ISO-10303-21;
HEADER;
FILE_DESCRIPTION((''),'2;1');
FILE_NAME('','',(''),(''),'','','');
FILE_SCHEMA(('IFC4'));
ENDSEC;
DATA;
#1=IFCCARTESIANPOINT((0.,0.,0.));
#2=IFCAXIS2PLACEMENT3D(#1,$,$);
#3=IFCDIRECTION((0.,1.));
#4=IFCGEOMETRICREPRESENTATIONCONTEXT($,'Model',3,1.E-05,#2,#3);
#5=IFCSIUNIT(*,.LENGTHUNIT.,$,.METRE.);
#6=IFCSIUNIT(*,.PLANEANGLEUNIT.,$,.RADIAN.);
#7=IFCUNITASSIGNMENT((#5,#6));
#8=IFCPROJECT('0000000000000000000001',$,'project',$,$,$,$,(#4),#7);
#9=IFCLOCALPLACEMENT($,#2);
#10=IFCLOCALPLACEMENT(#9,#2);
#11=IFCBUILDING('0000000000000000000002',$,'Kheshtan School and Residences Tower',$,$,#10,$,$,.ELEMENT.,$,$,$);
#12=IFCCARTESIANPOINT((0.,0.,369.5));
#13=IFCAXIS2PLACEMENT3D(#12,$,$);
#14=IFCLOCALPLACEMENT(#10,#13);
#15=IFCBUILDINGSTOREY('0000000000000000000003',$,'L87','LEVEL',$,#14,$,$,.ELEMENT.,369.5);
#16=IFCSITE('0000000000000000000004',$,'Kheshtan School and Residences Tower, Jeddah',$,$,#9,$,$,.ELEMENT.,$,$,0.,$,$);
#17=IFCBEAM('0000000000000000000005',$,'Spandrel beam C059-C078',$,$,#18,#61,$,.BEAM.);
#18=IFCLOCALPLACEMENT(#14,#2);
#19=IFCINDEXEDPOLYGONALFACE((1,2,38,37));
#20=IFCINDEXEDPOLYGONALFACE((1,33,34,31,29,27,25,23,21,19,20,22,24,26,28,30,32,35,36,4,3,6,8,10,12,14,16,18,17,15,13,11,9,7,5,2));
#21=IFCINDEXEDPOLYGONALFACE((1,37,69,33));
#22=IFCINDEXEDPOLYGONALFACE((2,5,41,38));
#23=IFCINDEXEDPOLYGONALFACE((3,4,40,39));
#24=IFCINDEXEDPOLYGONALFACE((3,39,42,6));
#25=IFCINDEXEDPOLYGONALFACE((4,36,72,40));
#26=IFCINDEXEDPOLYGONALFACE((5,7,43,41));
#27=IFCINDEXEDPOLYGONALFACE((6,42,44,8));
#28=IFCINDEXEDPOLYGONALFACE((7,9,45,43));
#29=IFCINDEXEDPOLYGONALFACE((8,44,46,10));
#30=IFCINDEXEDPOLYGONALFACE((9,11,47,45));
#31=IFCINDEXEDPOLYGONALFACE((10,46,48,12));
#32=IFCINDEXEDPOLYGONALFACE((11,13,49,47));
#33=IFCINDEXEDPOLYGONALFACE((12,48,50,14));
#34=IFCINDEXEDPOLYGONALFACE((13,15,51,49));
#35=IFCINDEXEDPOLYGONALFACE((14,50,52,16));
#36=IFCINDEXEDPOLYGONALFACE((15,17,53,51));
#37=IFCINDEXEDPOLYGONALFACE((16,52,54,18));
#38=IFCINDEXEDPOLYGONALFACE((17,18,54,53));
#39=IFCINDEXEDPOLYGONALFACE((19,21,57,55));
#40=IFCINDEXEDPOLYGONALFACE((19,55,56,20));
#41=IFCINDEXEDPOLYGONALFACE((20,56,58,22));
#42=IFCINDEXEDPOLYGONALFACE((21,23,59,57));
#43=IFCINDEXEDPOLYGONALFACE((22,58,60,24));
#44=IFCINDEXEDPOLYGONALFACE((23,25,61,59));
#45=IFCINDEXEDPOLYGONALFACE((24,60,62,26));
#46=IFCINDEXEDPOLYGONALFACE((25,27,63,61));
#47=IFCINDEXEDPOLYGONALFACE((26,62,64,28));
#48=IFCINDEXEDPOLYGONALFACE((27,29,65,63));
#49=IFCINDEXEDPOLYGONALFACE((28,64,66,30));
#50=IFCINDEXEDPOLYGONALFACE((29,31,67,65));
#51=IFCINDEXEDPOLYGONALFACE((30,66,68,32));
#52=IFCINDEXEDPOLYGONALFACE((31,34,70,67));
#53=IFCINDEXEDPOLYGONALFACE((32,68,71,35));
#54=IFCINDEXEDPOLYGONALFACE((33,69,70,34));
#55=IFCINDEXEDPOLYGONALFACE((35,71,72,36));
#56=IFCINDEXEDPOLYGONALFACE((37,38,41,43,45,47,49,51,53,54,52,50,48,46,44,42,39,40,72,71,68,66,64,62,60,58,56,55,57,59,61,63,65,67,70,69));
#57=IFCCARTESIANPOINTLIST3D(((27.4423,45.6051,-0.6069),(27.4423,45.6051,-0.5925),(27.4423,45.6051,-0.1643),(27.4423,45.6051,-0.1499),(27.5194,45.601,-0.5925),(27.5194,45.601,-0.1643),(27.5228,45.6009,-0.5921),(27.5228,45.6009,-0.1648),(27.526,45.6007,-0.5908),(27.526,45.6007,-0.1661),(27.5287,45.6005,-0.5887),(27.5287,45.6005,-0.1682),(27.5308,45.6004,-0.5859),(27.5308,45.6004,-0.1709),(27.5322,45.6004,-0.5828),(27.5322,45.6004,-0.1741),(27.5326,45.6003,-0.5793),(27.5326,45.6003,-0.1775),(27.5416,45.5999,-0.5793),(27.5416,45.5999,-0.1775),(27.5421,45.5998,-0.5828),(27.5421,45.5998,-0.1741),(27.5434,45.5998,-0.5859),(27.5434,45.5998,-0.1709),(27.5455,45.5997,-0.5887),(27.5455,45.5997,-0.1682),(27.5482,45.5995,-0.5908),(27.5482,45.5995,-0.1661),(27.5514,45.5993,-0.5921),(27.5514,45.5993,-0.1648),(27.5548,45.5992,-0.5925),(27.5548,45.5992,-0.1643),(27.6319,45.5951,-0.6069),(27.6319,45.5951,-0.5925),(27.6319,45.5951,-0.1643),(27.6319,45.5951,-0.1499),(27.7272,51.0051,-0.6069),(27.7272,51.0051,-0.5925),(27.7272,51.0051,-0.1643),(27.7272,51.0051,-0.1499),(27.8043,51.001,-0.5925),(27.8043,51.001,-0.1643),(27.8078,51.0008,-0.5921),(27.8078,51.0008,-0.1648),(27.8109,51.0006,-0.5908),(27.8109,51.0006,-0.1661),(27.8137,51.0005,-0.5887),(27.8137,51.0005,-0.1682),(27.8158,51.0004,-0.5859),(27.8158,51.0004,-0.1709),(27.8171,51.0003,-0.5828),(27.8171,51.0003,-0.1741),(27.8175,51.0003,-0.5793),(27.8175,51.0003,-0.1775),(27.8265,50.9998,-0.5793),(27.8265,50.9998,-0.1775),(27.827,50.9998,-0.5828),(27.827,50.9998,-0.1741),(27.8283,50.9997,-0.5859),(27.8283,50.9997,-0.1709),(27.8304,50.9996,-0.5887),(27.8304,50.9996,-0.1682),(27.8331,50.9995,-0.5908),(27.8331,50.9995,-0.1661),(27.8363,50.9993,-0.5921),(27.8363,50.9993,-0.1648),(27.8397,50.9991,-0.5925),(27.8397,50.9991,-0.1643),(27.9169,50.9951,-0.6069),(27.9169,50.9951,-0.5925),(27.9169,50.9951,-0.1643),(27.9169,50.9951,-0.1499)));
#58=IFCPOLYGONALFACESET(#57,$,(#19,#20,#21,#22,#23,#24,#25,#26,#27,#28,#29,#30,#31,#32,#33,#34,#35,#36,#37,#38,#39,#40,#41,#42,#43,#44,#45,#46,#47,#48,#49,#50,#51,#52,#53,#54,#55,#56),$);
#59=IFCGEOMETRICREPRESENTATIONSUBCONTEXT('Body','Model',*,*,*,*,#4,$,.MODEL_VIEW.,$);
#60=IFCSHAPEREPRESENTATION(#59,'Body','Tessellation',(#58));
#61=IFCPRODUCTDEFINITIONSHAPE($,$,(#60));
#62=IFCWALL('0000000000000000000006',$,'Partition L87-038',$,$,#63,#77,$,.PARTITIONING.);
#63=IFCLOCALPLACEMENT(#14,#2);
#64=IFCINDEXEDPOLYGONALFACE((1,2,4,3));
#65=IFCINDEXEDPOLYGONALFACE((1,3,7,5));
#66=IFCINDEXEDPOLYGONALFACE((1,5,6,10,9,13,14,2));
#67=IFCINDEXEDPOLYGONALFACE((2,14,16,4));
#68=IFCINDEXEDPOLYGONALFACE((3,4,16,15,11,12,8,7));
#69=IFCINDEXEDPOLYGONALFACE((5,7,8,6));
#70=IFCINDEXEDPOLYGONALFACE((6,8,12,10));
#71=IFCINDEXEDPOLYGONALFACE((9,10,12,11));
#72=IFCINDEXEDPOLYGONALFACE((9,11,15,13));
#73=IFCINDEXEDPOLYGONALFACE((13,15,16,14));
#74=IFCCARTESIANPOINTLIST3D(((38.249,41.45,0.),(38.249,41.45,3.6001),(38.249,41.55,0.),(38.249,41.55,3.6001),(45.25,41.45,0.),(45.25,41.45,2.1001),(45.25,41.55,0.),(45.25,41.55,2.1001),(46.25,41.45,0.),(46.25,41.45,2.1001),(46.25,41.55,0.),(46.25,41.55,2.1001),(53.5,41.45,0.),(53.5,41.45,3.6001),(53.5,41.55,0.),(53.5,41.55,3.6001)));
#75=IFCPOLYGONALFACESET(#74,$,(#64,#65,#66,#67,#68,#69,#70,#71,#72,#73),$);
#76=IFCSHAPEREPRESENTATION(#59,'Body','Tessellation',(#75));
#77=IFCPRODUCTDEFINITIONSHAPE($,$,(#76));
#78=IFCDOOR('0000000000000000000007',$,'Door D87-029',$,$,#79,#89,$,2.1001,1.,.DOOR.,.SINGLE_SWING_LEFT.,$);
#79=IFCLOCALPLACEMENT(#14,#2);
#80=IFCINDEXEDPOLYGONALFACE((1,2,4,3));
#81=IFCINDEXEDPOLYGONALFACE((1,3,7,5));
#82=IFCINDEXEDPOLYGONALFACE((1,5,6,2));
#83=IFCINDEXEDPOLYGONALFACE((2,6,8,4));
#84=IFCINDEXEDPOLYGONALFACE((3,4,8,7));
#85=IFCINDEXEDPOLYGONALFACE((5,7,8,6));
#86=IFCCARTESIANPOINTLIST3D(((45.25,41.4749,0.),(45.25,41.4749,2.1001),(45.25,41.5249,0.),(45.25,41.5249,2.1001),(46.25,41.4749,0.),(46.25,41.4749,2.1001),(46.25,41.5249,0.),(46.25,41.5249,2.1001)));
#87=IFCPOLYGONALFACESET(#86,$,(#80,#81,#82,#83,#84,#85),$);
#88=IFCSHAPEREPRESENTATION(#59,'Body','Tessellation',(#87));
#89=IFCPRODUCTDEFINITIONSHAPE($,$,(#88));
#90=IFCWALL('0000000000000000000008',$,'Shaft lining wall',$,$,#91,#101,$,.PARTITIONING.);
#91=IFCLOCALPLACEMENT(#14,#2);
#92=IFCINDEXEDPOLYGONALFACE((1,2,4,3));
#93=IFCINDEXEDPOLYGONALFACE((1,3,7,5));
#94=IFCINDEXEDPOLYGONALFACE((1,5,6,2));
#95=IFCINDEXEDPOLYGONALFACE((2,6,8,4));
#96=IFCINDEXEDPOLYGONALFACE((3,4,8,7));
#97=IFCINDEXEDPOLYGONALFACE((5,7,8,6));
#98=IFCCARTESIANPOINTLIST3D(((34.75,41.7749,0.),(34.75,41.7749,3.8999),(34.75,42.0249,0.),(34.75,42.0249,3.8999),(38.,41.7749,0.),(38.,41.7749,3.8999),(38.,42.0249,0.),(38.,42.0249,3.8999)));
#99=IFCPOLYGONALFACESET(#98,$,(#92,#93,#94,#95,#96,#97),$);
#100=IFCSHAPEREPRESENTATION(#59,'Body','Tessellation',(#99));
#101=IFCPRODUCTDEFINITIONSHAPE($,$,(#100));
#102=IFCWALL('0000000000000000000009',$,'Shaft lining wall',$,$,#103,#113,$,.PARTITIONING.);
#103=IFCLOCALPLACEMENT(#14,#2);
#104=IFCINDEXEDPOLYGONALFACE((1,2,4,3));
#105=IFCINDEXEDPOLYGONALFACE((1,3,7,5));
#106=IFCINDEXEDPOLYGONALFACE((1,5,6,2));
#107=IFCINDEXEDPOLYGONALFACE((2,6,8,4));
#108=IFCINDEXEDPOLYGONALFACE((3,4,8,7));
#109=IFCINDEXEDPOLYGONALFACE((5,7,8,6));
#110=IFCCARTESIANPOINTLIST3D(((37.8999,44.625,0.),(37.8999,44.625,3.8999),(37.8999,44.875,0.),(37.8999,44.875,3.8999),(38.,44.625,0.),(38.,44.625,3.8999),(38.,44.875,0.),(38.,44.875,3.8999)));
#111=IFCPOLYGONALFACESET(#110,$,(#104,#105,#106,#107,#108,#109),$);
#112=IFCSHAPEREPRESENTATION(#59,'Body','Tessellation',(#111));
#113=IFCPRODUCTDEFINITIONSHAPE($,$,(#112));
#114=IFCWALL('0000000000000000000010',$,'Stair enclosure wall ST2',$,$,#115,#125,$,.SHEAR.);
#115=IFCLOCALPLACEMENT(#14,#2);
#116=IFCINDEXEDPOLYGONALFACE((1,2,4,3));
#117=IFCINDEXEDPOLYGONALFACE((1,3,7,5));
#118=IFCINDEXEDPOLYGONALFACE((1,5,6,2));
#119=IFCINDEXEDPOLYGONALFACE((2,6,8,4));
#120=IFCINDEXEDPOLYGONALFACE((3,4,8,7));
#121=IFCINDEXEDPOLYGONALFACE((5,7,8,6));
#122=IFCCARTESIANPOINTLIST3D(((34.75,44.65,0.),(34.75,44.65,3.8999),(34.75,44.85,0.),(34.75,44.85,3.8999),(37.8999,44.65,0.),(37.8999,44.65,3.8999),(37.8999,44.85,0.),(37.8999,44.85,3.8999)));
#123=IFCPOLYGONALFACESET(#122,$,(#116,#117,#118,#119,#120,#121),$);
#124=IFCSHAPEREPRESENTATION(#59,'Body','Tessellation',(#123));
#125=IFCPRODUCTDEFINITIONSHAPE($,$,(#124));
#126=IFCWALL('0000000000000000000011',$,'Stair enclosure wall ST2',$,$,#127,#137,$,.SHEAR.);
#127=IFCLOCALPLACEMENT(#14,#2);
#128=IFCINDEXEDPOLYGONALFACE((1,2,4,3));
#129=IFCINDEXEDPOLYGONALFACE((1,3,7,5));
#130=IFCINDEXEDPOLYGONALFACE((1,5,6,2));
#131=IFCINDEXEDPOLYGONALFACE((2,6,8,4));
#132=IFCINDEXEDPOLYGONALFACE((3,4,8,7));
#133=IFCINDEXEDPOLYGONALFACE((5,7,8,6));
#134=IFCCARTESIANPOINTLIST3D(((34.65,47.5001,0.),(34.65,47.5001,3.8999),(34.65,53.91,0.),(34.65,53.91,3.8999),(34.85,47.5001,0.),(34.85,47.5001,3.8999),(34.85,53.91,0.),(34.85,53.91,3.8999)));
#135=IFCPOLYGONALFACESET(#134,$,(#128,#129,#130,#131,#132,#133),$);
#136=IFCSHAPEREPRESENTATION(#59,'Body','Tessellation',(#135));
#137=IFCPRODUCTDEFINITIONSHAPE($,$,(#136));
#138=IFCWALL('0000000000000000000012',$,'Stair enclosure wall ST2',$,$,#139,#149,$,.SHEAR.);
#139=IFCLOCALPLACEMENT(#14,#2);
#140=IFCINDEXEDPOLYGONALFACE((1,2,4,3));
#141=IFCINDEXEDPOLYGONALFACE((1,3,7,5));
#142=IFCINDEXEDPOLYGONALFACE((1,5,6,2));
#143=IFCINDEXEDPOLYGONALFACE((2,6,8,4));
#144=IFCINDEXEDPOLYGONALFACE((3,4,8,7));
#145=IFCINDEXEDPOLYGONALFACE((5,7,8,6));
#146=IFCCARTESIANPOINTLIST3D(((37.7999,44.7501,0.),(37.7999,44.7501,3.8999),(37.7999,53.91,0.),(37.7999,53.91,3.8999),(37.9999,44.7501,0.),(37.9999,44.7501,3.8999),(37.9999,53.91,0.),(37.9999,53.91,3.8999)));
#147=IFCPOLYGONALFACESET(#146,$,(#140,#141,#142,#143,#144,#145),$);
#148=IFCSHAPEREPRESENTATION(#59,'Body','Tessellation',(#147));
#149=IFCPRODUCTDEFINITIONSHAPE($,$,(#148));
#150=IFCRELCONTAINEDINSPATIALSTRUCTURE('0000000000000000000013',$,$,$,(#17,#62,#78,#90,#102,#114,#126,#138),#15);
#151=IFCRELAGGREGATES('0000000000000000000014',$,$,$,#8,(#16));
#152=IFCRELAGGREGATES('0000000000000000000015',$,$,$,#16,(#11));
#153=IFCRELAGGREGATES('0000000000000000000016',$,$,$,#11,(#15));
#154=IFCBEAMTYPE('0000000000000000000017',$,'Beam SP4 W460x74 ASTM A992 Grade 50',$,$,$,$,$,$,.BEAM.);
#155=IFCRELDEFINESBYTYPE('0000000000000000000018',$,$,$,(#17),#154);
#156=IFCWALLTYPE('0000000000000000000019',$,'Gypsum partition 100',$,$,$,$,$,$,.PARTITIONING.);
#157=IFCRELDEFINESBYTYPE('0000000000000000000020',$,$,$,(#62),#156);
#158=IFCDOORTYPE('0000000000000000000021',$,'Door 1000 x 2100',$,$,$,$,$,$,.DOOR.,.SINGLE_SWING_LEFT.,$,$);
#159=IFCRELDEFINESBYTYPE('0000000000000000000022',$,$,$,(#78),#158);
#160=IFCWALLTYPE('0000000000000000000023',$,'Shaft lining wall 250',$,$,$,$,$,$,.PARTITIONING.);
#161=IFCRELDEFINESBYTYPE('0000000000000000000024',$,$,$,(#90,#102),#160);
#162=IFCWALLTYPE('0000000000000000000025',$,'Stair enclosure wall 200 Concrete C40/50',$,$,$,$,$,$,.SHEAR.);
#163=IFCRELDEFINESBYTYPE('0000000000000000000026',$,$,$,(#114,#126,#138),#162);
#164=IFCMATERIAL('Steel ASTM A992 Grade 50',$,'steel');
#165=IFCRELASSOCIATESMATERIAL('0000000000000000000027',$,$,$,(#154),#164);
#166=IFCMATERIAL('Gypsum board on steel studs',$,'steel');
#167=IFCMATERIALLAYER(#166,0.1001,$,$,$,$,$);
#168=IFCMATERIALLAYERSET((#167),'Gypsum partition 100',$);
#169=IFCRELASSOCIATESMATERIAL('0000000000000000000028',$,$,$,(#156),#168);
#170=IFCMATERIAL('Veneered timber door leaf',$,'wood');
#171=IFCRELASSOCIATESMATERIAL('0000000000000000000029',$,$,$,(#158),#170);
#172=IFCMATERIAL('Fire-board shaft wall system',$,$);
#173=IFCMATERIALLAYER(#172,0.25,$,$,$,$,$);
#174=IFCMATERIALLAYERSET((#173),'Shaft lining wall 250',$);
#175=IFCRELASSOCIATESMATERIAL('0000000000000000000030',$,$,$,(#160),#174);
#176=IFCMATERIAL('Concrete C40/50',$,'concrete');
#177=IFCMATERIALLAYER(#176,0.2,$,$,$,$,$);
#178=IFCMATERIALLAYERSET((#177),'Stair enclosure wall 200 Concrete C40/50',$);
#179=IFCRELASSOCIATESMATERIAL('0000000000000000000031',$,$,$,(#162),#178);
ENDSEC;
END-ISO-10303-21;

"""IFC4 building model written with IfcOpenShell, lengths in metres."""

from ifc_helpers import new_model, si_unit, direction, frame, frame_2d, origin, origin_2d, place, context, subcontext, project, spatial, rectangle, i_section, extrude, source, transform, mapped, material, layer, layer_set, material_profile, profile_set, type_object, element, fill, save


model = new_model("IFC4")

# Units and contexts
model_context = context("Model", 3, precision=1e-05, world=origin(), true_north=direction((0.0, 1.0)))
body_context = subcontext(model_context, "Body", "Model", "MODEL_VIEW")
ifc_project = project(units=[si_unit("LENGTHUNIT", "METRE"), si_unit("PLANEANGLEUNIT", "RADIAN")], contexts=[model_context])

# Site, building, storey
site_placement = place(None, origin())
site = spatial("IfcSite", under=ifc_project, at=site_placement, Name="Kheshtan School and Residences Tower, Jeddah", CompositionType="ELEMENT", RefElevation=0.0)
building_placement = place(site_placement, origin())
building = spatial("IfcBuilding", under=site, at=building_placement, Name="Kheshtan School and Residences Tower", CompositionType="ELEMENT")
storey_placement = place(building_placement, frame((0.0, 0.0, 369.5)))
storey = spatial("IfcBuildingStorey", under=building, at=storey_placement, Name="L87", Description="LEVEL", CompositionType="ELEMENT", Elevation=369.5)

# Shared definitions
ifc_material_1 = material(Name="Steel ASTM A992 Grade 50", Category="steel")

# Beam
ifc_material_profile_1 = material_profile(ifc_material_1, i_section(OverallWidth=0.1899, OverallDepth=0.457, WebThickness=0.009, FlangeThickness=0.0144, FilletRadius=0.0132, at=origin_2d()), Name="W460x74")
ifc_profile_set_1 = profile_set([ifc_material_profile_1], Name="Steel ASTM A992 Grade 50")
beam_type_1 = type_object("IfcBeamType", Name="Beam SP4 W460x74 ASTM A992 Grade 50", PredefinedType="BEAM", material=ifc_profile_set_1)
beam_1_placement = place(storey_placement, frame((27.5371, 45.6001, -0.3784), z_axis=(0.052689, 0.998611, 0.0), x_axis=(-0.998611, 0.052689, 0.0)))
element("IfcBeam", 1, at=beam_1_placement, inside=storey, type_object=beam_type_1, Name="Spandrel beam C059-C078", PredefinedType="BEAM", context=body_context, shape_type="SweptSolid", body=[
    extrude(i_section(OverallWidth=0.1899, OverallDepth=0.457, WebThickness=0.009, FlangeThickness=0.0144, FilletRadius=0.0132, at=origin_2d()), origin(), (0.0, 0.0, 1.0), 5.4075),
])

# Wall, opening, door
ifc_material_2 = material(Name="Gypsum board on steel studs", Category="steel")
ifc_layer_1 = layer(ifc_material_2, 0.1001)
ifc_layer_set_1 = layer_set([ifc_layer_1], Name="Gypsum partition 100")
wall_type_1 = type_object("IfcWallType", Name="Gypsum partition 100", PredefinedType="PARTITIONING", material=ifc_layer_set_1)
wall_1_placement = place(storey_placement, frame((38.249, 41.5, 0.0), z_axis=(0.0, 0.0, 1.0), x_axis=(1.0, 0.0, 0.0)))
wall_1 = element("IfcWall", 2, at=wall_1_placement, inside=storey, type_object=wall_type_1, Name="Partition L87-038", PredefinedType="PARTITIONING", context=body_context, shape_type="SweptSolid", body=[
    extrude(rectangle(XDim=15.251, YDim=0.1001, at=frame_2d((7.6255, 0.0))), origin(), (0.0, 0.0, 1.0), 3.6001),
])
opening_placement = place(wall_1_placement, frame((7.001, 0.0, 0.0)))
opening = element("IfcOpeningElement", 3, at=opening_placement, cuts=wall_1, PredefinedType="OPENING", context=body_context, shape_type="SweptSolid", body=[
    extrude(rectangle(XDim=1.0, YDim=2.1001, at=frame_2d((0.5, 1.05))), frame((0.0, 0.0601, 0.0), z_axis=(0.0, -1.0, 0.0), x_axis=(1.0, 0.0, 0.0)), (0.0, 0.0, 1.0), 0.1201),
])
ifc_material_3 = material(Name="Veneered timber door leaf", Category="wood")
door_type = type_object("IfcDoorType", Name="Door 1000 x 2100", OperationType="SINGLE_SWING_LEFT", PredefinedType="DOOR", material=ifc_material_3)
shared_shape = source(origin(), body_context, "Body", "SweptSolid", [
    extrude(rectangle(XDim=1.0, YDim=2.1001, at=frame_2d((0.5, 1.05))), frame((0.0, 0.0249, 0.0), z_axis=(0.0, -1.0, 0.0), x_axis=(1.0, 0.0, 0.0)), (0.0, 0.0, 1.0), 0.05),
])
door_placement = place(opening_placement, origin())
door = element("IfcDoor", 4, at=door_placement, inside=storey, type_object=door_type, Name="Door D87-029", OperationType="SINGLE_SWING_LEFT", OverallHeight=2.1001, OverallWidth=1.0, PredefinedType="DOOR", context=body_context, shape_type="MappedRepresentation", body=[
    mapped(shared_shape, transform((0.0, 0.0, 0.0), x_axis=(1.0, 0.0, 0.0), y_axis=(0.0, 1.0, 0.0), z_axis=(0.0, 0.0, 1.0), scale=1.0)),
])
fill(opening, door)

# Walls
ifc_material_4 = material(Name="Fire-board shaft wall system")
ifc_layer_2 = layer(ifc_material_4, 0.25)
ifc_layer_set_2 = layer_set([ifc_layer_2], Name="Shaft lining wall 250")
wall_type_2 = type_object("IfcWallType", Name="Shaft lining wall 250", PredefinedType="PARTITIONING", material=ifc_layer_set_2)
wall_2_placement = place(storey_placement, frame((34.75, 41.8999, 0.0), z_axis=(0.0, 0.0, 1.0), x_axis=(1.0, 0.0, 0.0)))
element("IfcWall", 5, at=wall_2_placement, inside=storey, type_object=wall_type_2, Name="Shaft lining wall", PredefinedType="PARTITIONING", context=body_context, shape_type="SweptSolid", body=[
    extrude(rectangle(XDim=3.25, YDim=0.25, at=frame_2d((1.625, 0.0))), origin(), (0.0, 0.0, 1.0), 3.8999),
])
wall_3_placement = place(storey_placement, frame((37.8999, 44.75, 0.0), z_axis=(0.0, 0.0, 1.0), x_axis=(1.0, 0.0, 0.0)))
element("IfcWall", 6, at=wall_3_placement, inside=storey, type_object=wall_type_2, Name="Shaft lining wall", PredefinedType="PARTITIONING", context=body_context, shape_type="SweptSolid", body=[
    extrude(rectangle(XDim=0.1001, YDim=0.25, at=frame_2d((0.05, 0.0))), origin(), (0.0, 0.0, 1.0), 3.8999),
])
ifc_material_5 = material(Name="Concrete C40/50", Category="concrete")
ifc_layer_3 = layer(ifc_material_5, 0.2)
ifc_layer_set_3 = layer_set([ifc_layer_3], Name="Stair enclosure wall 200 Concrete C40/50")
wall_type_3 = type_object("IfcWallType", Name="Stair enclosure wall 200 Concrete C40/50", PredefinedType="SHEAR", material=ifc_layer_set_3)
wall_4_placement = place(storey_placement, frame((34.75, 44.75, 0.0), z_axis=(0.0, 0.0, 1.0), x_axis=(1.0, 0.0, 0.0)))
element("IfcWall", 7, at=wall_4_placement, inside=storey, type_object=wall_type_3, Name="Stair enclosure wall ST2", PredefinedType="SHEAR", context=body_context, shape_type="SweptSolid", body=[
    extrude(rectangle(XDim=3.1499, YDim=0.2, at=frame_2d((1.575, 0.0))), origin(), (0.0, 0.0, 1.0), 3.8999),
])
wall_5_placement = place(storey_placement, frame((34.75, 47.5, 0.0), z_axis=(0.0, 0.0, 1.0), x_axis=(0.0, 1.0, 0.0)))
element("IfcWall", 8, at=wall_5_placement, inside=storey, type_object=wall_type_3, Name="Stair enclosure wall ST2", PredefinedType="SHEAR", context=body_context, shape_type="SweptSolid", body=[
    extrude(rectangle(XDim=6.4099, YDim=0.2, at=frame_2d((3.2051, 0.0))), origin(), (0.0, 0.0, 1.0), 3.8999),
])
wall_6_placement = place(storey_placement, frame((37.8999, 44.75, 0.0), z_axis=(0.0, 0.0, 1.0), x_axis=(0.0, 1.0, 0.0)))
element("IfcWall", 9, at=wall_6_placement, inside=storey, type_object=wall_type_3, Name="Stair enclosure wall ST2", PredefinedType="SHEAR", context=body_context, shape_type="SweptSolid", body=[
    extrude(rectangle(XDim=9.1599, YDim=0.2, at=frame_2d((4.5801, 0.0))), origin(), (0.0, 0.0, 1.0), 3.8999),
])

save(model, "model.ifc")
